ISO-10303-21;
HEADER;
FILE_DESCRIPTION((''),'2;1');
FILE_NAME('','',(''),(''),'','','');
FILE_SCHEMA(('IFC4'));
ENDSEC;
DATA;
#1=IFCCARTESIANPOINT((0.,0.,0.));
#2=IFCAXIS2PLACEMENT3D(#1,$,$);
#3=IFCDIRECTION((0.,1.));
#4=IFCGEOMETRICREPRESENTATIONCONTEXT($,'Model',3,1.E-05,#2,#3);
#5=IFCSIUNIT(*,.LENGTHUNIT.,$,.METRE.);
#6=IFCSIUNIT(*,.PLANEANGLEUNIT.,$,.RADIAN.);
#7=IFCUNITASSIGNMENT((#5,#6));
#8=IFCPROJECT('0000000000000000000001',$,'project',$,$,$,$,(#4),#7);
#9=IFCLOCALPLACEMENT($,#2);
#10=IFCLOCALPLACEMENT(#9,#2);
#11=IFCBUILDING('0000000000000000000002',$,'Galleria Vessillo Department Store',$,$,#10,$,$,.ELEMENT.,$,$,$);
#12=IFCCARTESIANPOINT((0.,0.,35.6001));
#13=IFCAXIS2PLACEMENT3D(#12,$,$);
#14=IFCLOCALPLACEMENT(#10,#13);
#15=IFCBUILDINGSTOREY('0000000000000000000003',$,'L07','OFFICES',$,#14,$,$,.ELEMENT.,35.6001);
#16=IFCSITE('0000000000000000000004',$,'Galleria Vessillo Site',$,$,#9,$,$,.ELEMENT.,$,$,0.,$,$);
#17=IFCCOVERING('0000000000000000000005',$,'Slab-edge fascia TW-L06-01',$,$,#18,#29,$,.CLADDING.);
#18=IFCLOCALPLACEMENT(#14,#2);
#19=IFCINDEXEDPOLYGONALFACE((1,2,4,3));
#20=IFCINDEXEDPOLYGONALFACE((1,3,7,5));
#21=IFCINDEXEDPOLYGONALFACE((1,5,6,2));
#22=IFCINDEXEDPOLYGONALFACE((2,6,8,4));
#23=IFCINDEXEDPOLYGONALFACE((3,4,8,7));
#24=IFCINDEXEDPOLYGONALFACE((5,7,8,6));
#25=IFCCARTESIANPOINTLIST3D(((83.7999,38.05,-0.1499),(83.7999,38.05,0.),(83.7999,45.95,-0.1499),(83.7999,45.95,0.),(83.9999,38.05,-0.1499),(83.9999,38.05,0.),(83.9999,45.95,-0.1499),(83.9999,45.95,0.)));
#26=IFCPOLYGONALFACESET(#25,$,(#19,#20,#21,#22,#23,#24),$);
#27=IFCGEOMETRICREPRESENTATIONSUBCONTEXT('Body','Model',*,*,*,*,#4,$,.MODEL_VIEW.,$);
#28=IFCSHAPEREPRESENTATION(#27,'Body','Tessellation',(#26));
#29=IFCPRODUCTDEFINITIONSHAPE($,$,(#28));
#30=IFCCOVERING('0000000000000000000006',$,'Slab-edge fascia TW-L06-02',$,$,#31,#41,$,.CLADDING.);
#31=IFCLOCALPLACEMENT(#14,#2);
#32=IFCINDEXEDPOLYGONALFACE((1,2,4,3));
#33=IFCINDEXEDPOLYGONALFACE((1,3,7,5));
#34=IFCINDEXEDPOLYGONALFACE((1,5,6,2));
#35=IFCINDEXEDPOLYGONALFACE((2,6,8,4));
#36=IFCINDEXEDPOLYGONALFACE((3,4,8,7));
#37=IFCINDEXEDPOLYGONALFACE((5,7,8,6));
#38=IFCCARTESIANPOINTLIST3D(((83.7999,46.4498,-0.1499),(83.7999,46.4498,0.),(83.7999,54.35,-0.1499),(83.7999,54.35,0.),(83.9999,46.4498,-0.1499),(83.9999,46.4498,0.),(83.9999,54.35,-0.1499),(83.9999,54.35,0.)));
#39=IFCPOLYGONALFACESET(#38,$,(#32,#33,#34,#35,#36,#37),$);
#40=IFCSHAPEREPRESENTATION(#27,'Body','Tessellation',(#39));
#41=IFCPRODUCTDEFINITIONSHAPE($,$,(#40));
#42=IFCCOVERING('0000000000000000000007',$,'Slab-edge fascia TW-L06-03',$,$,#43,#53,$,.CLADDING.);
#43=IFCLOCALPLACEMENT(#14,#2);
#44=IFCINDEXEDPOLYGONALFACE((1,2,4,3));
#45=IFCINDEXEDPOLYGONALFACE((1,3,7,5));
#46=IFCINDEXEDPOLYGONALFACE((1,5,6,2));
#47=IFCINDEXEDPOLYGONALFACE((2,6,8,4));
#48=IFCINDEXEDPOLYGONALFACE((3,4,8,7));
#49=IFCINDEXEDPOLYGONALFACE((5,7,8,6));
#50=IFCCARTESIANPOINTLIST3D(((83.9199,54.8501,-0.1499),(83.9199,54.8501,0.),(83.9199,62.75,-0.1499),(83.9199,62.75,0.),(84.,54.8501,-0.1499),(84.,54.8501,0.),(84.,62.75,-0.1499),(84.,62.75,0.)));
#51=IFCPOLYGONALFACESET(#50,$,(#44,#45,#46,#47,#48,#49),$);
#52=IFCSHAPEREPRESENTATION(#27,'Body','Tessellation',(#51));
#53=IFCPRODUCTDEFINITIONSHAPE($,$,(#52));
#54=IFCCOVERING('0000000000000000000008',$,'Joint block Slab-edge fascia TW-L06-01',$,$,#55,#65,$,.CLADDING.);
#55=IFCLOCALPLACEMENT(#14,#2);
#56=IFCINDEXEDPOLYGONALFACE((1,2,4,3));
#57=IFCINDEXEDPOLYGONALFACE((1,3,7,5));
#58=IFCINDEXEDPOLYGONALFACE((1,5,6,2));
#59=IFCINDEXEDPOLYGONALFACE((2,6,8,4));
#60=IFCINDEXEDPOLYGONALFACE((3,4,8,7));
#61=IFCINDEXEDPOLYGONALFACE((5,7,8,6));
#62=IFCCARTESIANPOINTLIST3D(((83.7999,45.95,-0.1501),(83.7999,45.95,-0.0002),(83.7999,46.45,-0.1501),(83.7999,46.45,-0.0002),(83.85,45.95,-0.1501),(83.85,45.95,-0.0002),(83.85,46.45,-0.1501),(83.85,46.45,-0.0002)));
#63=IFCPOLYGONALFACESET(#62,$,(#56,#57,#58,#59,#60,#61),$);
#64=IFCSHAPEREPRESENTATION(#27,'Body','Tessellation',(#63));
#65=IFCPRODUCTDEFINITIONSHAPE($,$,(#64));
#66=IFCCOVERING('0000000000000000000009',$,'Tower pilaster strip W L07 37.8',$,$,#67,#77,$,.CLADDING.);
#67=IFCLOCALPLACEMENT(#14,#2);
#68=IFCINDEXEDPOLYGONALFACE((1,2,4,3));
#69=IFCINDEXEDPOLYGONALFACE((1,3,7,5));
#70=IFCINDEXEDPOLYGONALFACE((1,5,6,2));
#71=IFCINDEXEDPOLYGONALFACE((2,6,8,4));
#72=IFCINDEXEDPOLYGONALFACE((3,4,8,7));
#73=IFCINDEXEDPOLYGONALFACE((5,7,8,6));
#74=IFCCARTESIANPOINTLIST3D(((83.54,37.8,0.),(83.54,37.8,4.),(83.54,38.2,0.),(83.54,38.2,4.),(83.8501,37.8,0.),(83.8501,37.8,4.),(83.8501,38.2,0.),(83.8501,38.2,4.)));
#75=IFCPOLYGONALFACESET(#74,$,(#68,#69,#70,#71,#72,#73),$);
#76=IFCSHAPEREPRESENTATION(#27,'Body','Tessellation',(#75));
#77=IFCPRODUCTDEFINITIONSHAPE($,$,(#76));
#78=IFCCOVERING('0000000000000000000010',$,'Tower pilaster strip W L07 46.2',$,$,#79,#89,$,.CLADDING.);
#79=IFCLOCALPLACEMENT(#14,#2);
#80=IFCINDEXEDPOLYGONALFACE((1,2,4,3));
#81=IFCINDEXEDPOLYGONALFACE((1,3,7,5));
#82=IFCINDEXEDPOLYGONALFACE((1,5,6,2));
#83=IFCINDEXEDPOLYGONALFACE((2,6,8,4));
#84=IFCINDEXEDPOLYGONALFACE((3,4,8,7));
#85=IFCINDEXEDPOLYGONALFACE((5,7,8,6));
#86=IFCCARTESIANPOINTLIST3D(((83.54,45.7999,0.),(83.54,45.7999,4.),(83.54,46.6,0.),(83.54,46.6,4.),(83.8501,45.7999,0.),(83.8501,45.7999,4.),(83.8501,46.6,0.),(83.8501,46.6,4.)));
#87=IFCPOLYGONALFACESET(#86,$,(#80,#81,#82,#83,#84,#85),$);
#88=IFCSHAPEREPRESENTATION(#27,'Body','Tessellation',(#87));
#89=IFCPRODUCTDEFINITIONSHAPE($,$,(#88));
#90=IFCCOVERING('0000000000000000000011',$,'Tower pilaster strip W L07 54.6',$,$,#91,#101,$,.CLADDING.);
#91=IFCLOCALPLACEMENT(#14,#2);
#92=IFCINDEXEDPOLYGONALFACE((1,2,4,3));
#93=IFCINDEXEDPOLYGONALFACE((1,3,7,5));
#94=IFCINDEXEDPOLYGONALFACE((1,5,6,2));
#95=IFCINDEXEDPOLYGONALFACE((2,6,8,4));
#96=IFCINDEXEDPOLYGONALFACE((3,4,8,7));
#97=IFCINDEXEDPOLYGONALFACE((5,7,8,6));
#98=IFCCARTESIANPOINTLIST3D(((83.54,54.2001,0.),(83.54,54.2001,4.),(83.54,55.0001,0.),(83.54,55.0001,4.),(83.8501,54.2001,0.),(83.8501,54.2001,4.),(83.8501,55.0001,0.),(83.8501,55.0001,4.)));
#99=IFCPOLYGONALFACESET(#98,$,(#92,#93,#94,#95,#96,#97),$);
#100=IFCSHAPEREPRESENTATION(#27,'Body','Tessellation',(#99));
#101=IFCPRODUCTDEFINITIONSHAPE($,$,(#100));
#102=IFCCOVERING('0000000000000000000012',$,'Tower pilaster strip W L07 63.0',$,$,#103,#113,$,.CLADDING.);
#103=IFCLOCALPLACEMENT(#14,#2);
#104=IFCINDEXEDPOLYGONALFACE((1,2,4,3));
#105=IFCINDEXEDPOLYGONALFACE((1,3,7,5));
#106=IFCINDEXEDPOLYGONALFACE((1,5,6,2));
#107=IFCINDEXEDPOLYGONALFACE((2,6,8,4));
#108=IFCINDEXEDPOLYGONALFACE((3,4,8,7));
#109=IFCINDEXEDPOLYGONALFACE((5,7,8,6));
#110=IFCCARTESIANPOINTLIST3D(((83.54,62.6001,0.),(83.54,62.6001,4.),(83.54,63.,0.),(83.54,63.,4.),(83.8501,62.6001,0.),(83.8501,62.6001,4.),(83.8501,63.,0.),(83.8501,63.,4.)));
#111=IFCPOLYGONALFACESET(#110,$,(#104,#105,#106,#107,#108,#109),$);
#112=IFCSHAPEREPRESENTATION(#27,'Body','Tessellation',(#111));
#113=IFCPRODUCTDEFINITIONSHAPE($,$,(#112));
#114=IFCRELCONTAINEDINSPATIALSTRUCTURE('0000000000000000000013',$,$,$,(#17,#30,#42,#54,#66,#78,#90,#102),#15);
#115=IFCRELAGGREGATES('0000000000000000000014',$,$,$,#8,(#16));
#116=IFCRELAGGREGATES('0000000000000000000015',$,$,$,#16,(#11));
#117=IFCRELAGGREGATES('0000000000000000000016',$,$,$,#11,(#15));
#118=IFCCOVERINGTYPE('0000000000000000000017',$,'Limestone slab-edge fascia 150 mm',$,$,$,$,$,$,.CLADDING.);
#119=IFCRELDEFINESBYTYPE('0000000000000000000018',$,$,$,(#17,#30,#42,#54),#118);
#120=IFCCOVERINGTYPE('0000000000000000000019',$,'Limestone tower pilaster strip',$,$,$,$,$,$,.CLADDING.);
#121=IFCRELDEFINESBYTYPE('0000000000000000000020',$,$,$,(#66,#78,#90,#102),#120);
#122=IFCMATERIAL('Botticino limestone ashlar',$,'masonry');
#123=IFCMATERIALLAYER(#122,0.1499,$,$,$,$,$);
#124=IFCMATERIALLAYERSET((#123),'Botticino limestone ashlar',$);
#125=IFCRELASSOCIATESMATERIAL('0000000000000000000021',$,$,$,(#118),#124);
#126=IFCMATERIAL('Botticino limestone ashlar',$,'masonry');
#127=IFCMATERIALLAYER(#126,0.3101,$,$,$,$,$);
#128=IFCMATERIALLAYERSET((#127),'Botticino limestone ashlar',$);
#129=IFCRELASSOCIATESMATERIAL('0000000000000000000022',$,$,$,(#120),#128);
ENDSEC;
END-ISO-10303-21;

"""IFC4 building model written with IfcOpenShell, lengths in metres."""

from ifc_helpers import new_model, si_unit, direction, frame, origin, origin_2d, place, context, subcontext, project, spatial, rectangle, extrude, material, layer, layer_set, type_object, element, save


model = new_model("IFC4")

# Units and contexts
model_context = context("Model", 3, precision=1e-05, world=origin(), true_north=direction((0.0, 1.0)))
body_context = subcontext(model_context, "Body", "Model", "MODEL_VIEW")
ifc_project = project(units=[si_unit("LENGTHUNIT", "METRE"), si_unit("PLANEANGLEUNIT", "RADIAN")], contexts=[model_context])

# Site, building, storey
site_placement = place(None, origin())
site = spatial("IfcSite", under=ifc_project, at=site_placement, Name="Galleria Vessillo Site", CompositionType="ELEMENT", RefElevation=0.0)
building_placement = place(site_placement, origin())
building = spatial("IfcBuilding", under=site, at=building_placement, Name="Galleria Vessillo Department Store", CompositionType="ELEMENT")
storey_placement = place(building_placement, frame((0.0, 0.0, 35.6001)))
storey = spatial("IfcBuildingStorey", under=building, at=storey_placement, Name="L07", Description="OFFICES", CompositionType="ELEMENT", Elevation=35.6001)

# Coverings
ifc_material_1 = material(Name="Botticino limestone ashlar", Category="masonry")
ifc_layer_1 = layer(ifc_material_1, 0.1499)
ifc_layer_set_1 = layer_set([ifc_layer_1], Name="Botticino limestone ashlar")
covering_type_1 = type_object("IfcCoveringType", Name="Limestone slab-edge fascia 150 mm", PredefinedType="CLADDING", material=ifc_layer_set_1)
covering_1_placement = place(storey_placement, frame((83.8999, 42.0, -0.1499), z_axis=(0.0, 0.0, 1.0), x_axis=(1.0, 0.0, 0.0)))
element("IfcCovering", 1, at=covering_1_placement, inside=storey, type_object=covering_type_1, Name="Slab-edge fascia TW-L06-01", PredefinedType="CLADDING", context=body_context, shape_type="SweptSolid", body=[
    extrude(rectangle(XDim=0.2, YDim=7.8999, at=origin_2d()), origin(), (0.0, 0.0, 1.0), 0.1499),
])
covering_2_placement = place(storey_placement, frame((83.8999, 50.3999, -0.1499), z_axis=(0.0, 0.0, 1.0), x_axis=(1.0, 0.0, 0.0)))
element("IfcCovering", 2, at=covering_2_placement, inside=storey, type_object=covering_type_1, Name="Slab-edge fascia TW-L06-02", PredefinedType="CLADDING", context=body_context, shape_type="SweptSolid", body=[
    extrude(rectangle(XDim=0.2, YDim=7.9001, at=origin_2d()), origin(), (0.0, 0.0, 1.0), 0.1499),
])
covering_3_placement = place(storey_placement, frame((83.96, 58.8, -0.1499), z_axis=(0.0, 0.0, 1.0), x_axis=(1.0, 0.0, 0.0)))
element("IfcCovering", 3, at=covering_3_placement, inside=storey, type_object=covering_type_1, Name="Slab-edge fascia TW-L06-03", PredefinedType="CLADDING", context=body_context, shape_type="SweptSolid", body=[
    extrude(rectangle(XDim=0.0801, YDim=7.8999, at=origin_2d()), origin(), (0.0, 0.0, 1.0), 0.1499),
])
covering_4_placement = place(storey_placement, frame((83.825, 46.2, -0.1501), z_axis=(0.0, 0.0, 1.0), x_axis=(1.0, 0.0, 0.0)))
element("IfcCovering", 4, at=covering_4_placement, inside=storey, type_object=covering_type_1, Name="Joint block Slab-edge fascia TW-L06-01", PredefinedType="CLADDING", context=body_context, shape_type="SweptSolid", body=[
    extrude(rectangle(XDim=0.05, YDim=0.5, at=origin_2d()), origin(), (0.0, 0.0, 1.0), 0.1499),
])
ifc_material_2 = material(Name="Botticino limestone ashlar", Category="masonry")
ifc_layer_2 = layer(ifc_material_2, 0.3101)
ifc_layer_set_2 = layer_set([ifc_layer_2], Name="Botticino limestone ashlar")
covering_type_2 = type_object("IfcCoveringType", Name="Limestone tower pilaster strip", PredefinedType="CLADDING", material=ifc_layer_set_2)
covering_5_placement = place(storey_placement, frame((83.6951, 38.0, 0.0), z_axis=(0.0, 0.0, 1.0), x_axis=(1.0, 0.0, 0.0)))
element("IfcCovering", 5, at=covering_5_placement, inside=storey, type_object=covering_type_2, Name="Tower pilaster strip W L07 37.8", PredefinedType="CLADDING", context=body_context, shape_type="SweptSolid", body=[
    extrude(rectangle(XDim=0.3101, YDim=0.3999, at=origin_2d()), origin(), (0.0, 0.0, 1.0), 4.0),
])
for number, where, z_axis, x_axis, name in (
    (6, (83.6951, 46.2, 0.0), (0.0, 0.0, 1.0), (1.0, 0.0, 0.0), "Tower pilaster strip W L07 46.2"),
    (7, (83.6951, 54.6001, 0.0), (0.0, 0.0, 1.0), (1.0, 0.0, 0.0), "Tower pilaster strip W L07 54.6"),
):
    element("IfcCovering", number, at=place(storey_placement, frame(where, z_axis=z_axis, x_axis=x_axis)), inside=storey, type_object=covering_type_2, Name=name, PredefinedType="CLADDING", context=body_context, shape_type="SweptSolid", body=[
        extrude(rectangle(XDim=0.3101, YDim=0.8, at=origin_2d()), origin(), (0.0, 0.0, 1.0), 4.0),
    ])
covering_6_placement = place(storey_placement, frame((83.6951, 62.8, 0.0), z_axis=(0.0, 0.0, 1.0), x_axis=(1.0, 0.0, 0.0)))
element("IfcCovering", 8, at=covering_6_placement, inside=storey, type_object=covering_type_2, Name="Tower pilaster strip W L07 63.0", PredefinedType="CLADDING", context=body_context, shape_type="SweptSolid", body=[
    extrude(rectangle(XDim=0.3101, YDim=0.3999, at=origin_2d()), origin(), (0.0, 0.0, 1.0), 4.0),
])

save(model, "model.ifc")
